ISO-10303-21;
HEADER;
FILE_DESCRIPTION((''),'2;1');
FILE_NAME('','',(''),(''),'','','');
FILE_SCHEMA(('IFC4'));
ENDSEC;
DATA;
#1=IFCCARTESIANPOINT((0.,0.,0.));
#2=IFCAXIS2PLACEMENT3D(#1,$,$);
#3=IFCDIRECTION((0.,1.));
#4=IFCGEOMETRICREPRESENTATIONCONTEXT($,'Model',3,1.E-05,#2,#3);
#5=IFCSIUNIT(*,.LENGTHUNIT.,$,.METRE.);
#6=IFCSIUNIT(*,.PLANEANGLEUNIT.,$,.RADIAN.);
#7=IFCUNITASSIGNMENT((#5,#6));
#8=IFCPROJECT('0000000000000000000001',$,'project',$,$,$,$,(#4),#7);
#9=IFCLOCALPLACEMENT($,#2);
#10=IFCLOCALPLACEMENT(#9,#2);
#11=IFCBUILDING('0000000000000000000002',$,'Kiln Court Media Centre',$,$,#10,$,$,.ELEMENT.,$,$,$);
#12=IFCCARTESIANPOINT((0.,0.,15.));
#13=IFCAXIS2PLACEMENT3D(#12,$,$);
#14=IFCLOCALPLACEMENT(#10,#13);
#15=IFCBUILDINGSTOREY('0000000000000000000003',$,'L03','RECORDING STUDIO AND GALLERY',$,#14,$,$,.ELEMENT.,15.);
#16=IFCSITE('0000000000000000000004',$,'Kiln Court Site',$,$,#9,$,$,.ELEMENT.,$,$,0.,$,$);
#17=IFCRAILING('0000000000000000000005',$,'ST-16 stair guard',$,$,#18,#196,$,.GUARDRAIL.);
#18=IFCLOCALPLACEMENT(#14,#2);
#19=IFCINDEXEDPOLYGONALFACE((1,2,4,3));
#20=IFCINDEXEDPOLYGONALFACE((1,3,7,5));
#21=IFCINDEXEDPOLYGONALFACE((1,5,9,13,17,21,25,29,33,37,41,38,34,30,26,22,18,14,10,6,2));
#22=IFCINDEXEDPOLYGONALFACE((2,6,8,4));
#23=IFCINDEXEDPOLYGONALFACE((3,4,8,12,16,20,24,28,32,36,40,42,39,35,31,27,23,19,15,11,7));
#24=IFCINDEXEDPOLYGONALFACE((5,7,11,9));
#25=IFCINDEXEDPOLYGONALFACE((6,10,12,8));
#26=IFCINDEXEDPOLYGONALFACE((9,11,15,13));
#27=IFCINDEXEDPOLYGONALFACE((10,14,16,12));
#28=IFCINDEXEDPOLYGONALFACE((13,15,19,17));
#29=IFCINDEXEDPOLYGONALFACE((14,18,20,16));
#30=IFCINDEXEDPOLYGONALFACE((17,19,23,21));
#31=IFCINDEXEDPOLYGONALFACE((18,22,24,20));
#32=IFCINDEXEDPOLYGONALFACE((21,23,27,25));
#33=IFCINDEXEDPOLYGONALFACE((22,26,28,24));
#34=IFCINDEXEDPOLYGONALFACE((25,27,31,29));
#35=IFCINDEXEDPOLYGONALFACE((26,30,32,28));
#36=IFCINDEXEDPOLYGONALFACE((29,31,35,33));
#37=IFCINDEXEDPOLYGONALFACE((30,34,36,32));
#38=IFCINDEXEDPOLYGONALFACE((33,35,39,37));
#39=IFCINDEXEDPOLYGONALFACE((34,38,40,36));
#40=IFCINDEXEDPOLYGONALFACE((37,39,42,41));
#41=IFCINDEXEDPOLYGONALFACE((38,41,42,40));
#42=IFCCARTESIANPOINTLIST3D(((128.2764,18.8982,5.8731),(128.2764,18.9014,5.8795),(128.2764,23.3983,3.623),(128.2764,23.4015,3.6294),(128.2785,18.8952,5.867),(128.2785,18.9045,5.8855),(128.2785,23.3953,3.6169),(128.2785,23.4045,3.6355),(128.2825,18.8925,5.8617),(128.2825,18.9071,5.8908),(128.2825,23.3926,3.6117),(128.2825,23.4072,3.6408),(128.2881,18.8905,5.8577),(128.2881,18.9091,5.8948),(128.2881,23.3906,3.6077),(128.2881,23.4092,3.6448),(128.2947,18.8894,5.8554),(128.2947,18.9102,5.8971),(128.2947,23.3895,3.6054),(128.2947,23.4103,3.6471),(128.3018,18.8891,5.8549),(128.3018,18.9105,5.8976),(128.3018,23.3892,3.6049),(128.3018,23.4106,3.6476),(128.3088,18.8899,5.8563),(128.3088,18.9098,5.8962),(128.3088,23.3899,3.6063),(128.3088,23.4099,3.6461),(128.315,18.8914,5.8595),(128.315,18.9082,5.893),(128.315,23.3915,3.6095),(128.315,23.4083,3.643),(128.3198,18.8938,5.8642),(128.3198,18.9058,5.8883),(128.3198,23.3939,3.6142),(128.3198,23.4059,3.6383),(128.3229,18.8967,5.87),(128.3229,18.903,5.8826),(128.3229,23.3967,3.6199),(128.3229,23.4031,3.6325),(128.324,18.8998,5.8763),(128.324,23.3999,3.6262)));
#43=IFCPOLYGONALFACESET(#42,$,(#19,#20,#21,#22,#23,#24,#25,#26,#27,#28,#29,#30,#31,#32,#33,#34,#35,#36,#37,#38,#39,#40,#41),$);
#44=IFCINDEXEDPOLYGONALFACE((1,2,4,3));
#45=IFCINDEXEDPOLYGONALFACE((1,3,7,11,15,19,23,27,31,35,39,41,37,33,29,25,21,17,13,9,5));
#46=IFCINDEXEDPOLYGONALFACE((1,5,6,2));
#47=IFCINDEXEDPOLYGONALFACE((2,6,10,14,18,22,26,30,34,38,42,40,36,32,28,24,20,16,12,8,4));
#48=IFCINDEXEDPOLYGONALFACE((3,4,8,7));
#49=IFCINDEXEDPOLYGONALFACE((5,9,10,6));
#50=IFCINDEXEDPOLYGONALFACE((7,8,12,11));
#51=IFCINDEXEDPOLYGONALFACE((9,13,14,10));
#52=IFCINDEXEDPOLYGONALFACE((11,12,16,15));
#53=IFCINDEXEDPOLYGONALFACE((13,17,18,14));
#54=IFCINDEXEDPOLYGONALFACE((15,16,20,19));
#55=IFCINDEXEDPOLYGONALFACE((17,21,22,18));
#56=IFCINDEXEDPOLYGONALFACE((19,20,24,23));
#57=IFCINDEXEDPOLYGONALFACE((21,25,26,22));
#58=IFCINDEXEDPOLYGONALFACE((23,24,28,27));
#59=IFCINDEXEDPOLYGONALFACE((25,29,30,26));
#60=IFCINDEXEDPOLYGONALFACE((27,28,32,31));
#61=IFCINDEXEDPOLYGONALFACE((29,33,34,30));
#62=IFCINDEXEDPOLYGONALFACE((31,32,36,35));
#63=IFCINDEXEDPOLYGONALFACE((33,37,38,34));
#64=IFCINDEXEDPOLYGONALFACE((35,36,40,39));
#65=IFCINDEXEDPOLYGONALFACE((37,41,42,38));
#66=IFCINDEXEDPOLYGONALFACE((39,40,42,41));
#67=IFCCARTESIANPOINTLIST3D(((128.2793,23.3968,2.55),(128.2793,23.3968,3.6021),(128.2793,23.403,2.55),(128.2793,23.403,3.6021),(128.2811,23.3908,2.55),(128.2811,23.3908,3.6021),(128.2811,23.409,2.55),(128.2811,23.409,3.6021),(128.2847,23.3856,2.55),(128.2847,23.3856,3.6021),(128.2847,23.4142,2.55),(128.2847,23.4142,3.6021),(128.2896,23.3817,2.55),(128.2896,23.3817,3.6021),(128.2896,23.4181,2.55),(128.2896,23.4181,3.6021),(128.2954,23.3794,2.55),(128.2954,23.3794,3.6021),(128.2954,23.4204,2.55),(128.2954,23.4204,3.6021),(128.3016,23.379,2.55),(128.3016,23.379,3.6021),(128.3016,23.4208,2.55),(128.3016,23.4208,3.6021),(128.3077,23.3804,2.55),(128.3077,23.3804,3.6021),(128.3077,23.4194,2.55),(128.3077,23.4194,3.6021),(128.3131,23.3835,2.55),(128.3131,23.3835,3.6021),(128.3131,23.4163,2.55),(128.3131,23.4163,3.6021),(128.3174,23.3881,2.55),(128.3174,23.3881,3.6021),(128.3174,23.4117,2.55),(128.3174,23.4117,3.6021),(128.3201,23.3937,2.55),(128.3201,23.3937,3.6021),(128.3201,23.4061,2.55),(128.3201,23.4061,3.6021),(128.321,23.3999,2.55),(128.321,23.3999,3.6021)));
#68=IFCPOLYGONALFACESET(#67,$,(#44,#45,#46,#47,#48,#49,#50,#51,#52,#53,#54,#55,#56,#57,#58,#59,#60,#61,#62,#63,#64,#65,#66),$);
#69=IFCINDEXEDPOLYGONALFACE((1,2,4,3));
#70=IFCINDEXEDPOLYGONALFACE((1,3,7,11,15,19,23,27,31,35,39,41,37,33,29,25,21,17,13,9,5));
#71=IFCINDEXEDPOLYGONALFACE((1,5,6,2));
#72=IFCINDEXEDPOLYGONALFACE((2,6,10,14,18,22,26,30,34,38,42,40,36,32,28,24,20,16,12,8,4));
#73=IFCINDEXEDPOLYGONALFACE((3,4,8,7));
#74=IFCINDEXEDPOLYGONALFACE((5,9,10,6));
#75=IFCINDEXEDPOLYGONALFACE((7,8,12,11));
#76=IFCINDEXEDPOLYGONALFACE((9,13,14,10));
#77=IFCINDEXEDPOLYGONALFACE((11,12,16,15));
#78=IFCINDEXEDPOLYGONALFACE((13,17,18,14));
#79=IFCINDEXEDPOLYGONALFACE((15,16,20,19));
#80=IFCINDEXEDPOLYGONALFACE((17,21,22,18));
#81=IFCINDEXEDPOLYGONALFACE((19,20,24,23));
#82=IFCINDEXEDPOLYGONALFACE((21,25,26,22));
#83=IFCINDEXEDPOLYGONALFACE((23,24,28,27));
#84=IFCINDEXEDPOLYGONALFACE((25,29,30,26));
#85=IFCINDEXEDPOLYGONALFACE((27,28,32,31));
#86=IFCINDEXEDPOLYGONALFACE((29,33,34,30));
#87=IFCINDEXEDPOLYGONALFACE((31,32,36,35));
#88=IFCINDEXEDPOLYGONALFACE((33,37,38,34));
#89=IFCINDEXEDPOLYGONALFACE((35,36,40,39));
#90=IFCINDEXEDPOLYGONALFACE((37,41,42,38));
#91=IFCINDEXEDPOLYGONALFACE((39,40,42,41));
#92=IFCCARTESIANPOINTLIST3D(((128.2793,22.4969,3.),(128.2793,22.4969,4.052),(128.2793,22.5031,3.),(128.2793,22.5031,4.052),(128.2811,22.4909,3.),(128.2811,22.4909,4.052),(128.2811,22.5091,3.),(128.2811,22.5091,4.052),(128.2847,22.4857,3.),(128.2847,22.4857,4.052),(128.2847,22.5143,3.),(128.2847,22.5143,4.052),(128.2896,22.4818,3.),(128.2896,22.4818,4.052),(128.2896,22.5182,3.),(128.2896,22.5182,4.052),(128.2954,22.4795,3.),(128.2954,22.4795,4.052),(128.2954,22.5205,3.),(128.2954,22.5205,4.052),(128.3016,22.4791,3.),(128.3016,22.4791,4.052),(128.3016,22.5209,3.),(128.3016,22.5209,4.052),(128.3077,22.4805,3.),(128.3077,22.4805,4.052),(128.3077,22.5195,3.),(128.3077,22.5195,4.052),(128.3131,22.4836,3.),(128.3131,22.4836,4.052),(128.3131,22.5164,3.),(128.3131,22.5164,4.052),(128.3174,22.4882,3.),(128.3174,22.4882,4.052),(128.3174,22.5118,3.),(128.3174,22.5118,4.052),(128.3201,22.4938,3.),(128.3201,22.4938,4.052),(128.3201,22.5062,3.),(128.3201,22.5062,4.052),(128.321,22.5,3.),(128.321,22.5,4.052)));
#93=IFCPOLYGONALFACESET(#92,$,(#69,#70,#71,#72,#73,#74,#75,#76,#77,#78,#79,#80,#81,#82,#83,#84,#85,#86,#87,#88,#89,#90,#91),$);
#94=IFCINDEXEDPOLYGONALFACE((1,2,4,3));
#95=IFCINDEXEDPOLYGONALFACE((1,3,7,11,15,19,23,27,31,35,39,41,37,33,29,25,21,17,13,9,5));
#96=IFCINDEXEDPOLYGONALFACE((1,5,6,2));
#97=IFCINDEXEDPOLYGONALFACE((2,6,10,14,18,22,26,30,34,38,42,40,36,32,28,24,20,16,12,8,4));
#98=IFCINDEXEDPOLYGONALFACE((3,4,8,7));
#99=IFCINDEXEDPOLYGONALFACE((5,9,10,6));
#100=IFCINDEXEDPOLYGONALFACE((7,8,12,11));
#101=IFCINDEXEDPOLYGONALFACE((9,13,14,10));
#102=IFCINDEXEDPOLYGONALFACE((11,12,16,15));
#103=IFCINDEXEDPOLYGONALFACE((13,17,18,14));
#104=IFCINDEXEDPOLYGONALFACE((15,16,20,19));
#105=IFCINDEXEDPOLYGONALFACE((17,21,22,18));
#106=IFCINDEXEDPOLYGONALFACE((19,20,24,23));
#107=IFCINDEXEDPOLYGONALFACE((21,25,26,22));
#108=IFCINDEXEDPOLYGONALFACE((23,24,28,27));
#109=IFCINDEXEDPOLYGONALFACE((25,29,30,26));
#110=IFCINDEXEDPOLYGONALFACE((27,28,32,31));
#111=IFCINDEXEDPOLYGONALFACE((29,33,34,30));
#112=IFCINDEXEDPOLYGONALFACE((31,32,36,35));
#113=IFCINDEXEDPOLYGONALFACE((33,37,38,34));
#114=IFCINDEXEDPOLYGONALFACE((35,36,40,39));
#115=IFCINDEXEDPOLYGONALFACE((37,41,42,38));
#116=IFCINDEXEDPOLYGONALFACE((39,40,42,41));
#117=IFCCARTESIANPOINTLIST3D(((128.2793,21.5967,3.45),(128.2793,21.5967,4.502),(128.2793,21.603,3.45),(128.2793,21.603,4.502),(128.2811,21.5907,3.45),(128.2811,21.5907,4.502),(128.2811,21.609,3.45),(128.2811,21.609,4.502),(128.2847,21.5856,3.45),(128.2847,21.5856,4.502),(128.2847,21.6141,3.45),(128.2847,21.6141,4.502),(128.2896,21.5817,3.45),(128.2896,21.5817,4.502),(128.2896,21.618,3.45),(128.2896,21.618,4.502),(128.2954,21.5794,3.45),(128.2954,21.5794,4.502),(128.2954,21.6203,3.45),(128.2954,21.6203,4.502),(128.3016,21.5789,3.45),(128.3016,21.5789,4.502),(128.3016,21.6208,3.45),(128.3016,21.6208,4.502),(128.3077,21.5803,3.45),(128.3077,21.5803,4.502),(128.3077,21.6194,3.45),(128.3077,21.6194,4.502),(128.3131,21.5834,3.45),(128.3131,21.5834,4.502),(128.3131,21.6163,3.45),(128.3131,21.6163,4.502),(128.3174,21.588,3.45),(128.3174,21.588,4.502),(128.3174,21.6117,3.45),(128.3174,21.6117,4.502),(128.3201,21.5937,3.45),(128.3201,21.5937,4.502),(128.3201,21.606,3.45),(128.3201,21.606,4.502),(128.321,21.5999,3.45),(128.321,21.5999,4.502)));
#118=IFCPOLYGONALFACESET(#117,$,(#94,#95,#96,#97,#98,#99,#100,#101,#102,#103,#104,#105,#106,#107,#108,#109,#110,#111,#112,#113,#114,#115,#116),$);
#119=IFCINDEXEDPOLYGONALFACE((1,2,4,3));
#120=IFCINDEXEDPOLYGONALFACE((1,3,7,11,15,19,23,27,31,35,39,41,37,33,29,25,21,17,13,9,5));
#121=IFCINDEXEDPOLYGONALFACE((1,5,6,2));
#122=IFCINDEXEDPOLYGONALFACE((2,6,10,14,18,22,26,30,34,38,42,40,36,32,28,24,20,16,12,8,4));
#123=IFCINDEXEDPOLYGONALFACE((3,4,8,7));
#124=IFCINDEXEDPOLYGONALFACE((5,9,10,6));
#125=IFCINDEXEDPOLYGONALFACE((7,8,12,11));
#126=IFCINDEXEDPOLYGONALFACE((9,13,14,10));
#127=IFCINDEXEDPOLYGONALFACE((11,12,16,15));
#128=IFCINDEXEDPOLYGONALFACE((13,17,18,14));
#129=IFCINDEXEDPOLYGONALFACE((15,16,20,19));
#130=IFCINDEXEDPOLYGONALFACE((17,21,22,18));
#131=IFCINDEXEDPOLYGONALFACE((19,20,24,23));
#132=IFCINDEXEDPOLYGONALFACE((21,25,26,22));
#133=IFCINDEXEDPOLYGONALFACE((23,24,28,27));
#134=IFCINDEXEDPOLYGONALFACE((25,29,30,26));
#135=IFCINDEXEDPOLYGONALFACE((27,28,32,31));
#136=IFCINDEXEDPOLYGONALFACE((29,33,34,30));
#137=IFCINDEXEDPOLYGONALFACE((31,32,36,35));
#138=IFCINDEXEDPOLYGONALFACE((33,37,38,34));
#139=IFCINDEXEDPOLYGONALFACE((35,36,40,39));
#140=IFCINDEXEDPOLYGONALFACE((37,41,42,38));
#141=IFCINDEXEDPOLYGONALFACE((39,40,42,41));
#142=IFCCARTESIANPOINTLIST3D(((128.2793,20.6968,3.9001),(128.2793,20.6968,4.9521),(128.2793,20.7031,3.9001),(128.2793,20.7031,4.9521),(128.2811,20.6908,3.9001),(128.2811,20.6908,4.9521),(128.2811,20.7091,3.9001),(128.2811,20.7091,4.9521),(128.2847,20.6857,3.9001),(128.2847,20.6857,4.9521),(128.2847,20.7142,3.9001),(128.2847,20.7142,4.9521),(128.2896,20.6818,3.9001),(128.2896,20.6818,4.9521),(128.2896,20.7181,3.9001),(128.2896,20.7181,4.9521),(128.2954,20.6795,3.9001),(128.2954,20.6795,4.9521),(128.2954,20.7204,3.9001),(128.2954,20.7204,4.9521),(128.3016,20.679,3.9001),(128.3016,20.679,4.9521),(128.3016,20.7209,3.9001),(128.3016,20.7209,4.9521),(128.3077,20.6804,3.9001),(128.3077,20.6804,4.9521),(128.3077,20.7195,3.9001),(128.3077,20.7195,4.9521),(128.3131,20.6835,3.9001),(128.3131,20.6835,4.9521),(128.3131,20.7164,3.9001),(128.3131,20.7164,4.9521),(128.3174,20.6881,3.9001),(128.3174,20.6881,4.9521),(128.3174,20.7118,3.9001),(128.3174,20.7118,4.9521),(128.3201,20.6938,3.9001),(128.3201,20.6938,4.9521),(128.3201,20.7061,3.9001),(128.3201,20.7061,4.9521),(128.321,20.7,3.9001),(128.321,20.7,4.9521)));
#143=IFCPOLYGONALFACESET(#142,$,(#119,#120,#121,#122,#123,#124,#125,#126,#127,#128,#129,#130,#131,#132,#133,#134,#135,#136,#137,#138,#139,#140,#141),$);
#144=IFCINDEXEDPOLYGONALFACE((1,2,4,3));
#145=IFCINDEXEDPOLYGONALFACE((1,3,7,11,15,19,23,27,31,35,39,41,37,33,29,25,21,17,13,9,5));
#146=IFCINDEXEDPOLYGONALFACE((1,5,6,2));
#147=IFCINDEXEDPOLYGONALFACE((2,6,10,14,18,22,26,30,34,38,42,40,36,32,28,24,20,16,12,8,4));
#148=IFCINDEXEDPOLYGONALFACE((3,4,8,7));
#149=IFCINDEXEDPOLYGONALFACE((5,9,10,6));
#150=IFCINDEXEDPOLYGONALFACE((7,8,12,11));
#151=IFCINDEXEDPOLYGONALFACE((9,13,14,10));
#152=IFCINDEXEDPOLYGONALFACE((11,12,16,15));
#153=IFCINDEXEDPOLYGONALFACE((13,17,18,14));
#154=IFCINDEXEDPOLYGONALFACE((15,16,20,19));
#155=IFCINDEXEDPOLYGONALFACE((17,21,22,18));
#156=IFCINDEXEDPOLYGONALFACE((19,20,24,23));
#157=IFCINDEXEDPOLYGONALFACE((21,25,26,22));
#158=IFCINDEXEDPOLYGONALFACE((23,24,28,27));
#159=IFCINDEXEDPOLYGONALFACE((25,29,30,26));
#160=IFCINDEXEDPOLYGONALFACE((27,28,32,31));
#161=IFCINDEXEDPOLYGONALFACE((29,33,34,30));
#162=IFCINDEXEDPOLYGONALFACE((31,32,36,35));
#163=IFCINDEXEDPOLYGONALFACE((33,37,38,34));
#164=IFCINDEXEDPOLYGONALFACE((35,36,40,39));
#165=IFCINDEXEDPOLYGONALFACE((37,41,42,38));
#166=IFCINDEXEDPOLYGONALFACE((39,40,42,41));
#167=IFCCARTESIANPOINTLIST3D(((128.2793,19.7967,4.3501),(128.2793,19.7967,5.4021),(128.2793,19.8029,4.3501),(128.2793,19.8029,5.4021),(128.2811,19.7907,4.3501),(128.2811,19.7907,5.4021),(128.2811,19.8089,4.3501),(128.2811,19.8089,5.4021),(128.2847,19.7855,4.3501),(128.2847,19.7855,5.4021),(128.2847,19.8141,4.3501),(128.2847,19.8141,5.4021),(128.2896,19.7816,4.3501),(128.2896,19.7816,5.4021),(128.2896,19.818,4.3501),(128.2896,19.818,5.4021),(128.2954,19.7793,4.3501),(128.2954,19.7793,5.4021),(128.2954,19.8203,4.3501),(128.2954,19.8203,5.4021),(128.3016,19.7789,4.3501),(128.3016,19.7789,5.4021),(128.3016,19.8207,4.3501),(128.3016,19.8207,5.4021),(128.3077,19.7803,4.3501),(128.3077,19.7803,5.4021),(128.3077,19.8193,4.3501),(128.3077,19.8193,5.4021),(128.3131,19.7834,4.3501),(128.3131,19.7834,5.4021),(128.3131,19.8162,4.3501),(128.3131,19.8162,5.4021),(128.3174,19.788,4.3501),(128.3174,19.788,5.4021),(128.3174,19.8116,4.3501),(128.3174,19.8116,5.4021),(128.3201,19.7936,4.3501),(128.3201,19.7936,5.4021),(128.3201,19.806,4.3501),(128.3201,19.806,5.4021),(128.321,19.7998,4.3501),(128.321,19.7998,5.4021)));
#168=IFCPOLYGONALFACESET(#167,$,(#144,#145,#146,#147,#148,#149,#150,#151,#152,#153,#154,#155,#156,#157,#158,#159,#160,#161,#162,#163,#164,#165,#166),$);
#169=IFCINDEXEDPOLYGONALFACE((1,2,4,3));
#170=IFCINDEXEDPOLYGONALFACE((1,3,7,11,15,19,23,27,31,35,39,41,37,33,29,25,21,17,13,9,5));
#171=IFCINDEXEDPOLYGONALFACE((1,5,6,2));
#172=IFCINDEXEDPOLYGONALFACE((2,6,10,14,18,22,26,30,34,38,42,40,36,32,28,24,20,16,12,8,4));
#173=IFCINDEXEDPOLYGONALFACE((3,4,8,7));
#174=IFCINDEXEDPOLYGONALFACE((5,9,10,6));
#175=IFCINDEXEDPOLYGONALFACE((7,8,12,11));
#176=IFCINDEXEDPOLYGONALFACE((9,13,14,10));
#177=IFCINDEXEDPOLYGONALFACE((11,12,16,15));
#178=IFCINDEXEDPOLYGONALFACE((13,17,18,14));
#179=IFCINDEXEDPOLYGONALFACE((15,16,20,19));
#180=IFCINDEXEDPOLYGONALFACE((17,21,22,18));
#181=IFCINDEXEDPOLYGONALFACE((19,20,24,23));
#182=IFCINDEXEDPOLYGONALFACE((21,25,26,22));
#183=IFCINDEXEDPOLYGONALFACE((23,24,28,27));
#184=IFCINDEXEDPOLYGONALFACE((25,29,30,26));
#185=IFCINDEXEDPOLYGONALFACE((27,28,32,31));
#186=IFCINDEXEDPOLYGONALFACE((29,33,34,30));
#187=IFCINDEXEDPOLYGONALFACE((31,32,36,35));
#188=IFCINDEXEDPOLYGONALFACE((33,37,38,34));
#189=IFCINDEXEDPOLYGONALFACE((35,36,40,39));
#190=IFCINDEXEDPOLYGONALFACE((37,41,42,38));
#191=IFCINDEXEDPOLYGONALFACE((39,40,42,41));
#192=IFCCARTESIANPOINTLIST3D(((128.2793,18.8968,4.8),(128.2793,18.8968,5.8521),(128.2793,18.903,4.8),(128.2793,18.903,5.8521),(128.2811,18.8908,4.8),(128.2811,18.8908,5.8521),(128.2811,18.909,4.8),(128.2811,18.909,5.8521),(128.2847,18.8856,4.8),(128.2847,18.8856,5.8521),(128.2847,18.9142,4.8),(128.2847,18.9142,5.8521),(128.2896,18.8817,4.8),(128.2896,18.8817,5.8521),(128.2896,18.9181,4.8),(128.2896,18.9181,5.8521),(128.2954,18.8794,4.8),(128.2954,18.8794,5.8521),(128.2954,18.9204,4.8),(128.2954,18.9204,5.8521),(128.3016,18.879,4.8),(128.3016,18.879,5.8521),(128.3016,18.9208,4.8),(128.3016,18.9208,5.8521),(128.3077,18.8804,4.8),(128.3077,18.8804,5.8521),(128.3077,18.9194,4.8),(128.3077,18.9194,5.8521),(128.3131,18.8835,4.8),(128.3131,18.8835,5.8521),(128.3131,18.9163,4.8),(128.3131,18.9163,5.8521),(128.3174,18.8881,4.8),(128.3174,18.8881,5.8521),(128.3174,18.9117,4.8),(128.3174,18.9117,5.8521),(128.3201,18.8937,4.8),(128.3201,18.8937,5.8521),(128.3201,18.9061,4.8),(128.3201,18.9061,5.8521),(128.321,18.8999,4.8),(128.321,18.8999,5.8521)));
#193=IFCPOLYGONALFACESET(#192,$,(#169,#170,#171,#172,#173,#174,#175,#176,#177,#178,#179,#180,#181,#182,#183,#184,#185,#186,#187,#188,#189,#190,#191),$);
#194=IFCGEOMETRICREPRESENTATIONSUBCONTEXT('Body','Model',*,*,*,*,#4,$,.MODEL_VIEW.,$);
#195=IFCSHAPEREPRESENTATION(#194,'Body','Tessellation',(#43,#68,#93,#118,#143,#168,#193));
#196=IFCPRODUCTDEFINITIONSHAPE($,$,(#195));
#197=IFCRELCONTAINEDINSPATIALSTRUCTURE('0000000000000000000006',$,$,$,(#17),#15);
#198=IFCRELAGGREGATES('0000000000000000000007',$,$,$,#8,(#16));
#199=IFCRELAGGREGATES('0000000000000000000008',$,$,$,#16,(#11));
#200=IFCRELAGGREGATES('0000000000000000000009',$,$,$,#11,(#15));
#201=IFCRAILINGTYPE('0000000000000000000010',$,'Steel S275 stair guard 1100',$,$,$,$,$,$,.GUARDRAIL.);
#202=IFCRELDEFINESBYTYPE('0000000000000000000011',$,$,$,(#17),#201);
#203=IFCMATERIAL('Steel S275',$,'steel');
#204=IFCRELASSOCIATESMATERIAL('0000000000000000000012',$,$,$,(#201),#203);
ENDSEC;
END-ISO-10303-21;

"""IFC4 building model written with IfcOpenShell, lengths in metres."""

from ifc_helpers import new_model, si_unit, direction, frame, origin, origin_2d, place, context, subcontext, project, spatial, circle, extrude, material, type_object, element, save


model = new_model("IFC4")

# Units and contexts
model_context = context("Model", 3, precision=1e-05, world=origin(), true_north=direction((0.0, 1.0)))
body_context = subcontext(model_context, "Body", "Model", "MODEL_VIEW")
ifc_project = project(units=[si_unit("LENGTHUNIT", "METRE"), si_unit("PLANEANGLEUNIT", "RADIAN")], contexts=[model_context])

# Site, building, storey
site_placement = place(None, origin())
site = spatial("IfcSite", under=ifc_project, at=site_placement, Name="Kiln Court Site", CompositionType="ELEMENT", RefElevation=0.0)
building_placement = place(site_placement, origin())
building = spatial("IfcBuilding", under=site, at=building_placement, Name="Kiln Court Media Centre", CompositionType="ELEMENT")
storey_placement = place(building_placement, frame((0.0, 0.0, 15.0)))
storey = spatial("IfcBuildingStorey", under=building, at=storey_placement, Name="L03", Description="RECORDING STUDIO AND GALLERY", CompositionType="ELEMENT", Elevation=15.0)

# Railing
ifc_material_1 = material(Name="Steel S275", Category="steel")
railing_type = type_object("IfcRailingType", Name="Steel S275 stair guard 1100", PredefinedType="GUARDRAIL", material=ifc_material_1)
railing_1_placement = place(storey_placement, frame((128.3, 23.3999, 2.55)))
element("IfcRailing", 1, at=railing_1_placement, inside=storey, type_object=railing_type, Name="ST-16 stair guard", PredefinedType="GUARDRAIL", context=body_context, shape_type="SweptSolid", body=[
    extrude(circle(Radius=0.0239, at=origin_2d()), frame((0.0, 0.0, 1.0762), z_axis=(0.0, -0.894427, 0.447214), x_axis=(1.0, 0.0, 0.0)), (0.0, 0.0, 1.0), 5.0312),
    extrude(circle(Radius=0.021, at=origin_2d()), origin(), (0.0, 0.0, 1.0), 1.052),
    extrude(circle(Radius=0.021, at=origin_2d()), frame((0.0, -0.8999, 0.45)), (0.0, 0.0, 1.0), 1.052),
    extrude(circle(Radius=0.021, at=origin_2d()), frame((0.0, -1.8, 0.8999)), (0.0, 0.0, 1.0), 1.052),
    extrude(circle(Radius=0.021, at=origin_2d()), frame((0.0, -2.7, 1.3501)), (0.0, 0.0, 1.0), 1.052),
    extrude(circle(Radius=0.021, at=origin_2d()), frame((0.0, -3.6001, 1.8)), (0.0, 0.0, 1.0), 1.052),
    extrude(circle(Radius=0.021, at=origin_2d()), frame((0.0, -4.5, 2.25)), (0.0, 0.0, 1.0), 1.052),
])

save(model, "model.ifc")
